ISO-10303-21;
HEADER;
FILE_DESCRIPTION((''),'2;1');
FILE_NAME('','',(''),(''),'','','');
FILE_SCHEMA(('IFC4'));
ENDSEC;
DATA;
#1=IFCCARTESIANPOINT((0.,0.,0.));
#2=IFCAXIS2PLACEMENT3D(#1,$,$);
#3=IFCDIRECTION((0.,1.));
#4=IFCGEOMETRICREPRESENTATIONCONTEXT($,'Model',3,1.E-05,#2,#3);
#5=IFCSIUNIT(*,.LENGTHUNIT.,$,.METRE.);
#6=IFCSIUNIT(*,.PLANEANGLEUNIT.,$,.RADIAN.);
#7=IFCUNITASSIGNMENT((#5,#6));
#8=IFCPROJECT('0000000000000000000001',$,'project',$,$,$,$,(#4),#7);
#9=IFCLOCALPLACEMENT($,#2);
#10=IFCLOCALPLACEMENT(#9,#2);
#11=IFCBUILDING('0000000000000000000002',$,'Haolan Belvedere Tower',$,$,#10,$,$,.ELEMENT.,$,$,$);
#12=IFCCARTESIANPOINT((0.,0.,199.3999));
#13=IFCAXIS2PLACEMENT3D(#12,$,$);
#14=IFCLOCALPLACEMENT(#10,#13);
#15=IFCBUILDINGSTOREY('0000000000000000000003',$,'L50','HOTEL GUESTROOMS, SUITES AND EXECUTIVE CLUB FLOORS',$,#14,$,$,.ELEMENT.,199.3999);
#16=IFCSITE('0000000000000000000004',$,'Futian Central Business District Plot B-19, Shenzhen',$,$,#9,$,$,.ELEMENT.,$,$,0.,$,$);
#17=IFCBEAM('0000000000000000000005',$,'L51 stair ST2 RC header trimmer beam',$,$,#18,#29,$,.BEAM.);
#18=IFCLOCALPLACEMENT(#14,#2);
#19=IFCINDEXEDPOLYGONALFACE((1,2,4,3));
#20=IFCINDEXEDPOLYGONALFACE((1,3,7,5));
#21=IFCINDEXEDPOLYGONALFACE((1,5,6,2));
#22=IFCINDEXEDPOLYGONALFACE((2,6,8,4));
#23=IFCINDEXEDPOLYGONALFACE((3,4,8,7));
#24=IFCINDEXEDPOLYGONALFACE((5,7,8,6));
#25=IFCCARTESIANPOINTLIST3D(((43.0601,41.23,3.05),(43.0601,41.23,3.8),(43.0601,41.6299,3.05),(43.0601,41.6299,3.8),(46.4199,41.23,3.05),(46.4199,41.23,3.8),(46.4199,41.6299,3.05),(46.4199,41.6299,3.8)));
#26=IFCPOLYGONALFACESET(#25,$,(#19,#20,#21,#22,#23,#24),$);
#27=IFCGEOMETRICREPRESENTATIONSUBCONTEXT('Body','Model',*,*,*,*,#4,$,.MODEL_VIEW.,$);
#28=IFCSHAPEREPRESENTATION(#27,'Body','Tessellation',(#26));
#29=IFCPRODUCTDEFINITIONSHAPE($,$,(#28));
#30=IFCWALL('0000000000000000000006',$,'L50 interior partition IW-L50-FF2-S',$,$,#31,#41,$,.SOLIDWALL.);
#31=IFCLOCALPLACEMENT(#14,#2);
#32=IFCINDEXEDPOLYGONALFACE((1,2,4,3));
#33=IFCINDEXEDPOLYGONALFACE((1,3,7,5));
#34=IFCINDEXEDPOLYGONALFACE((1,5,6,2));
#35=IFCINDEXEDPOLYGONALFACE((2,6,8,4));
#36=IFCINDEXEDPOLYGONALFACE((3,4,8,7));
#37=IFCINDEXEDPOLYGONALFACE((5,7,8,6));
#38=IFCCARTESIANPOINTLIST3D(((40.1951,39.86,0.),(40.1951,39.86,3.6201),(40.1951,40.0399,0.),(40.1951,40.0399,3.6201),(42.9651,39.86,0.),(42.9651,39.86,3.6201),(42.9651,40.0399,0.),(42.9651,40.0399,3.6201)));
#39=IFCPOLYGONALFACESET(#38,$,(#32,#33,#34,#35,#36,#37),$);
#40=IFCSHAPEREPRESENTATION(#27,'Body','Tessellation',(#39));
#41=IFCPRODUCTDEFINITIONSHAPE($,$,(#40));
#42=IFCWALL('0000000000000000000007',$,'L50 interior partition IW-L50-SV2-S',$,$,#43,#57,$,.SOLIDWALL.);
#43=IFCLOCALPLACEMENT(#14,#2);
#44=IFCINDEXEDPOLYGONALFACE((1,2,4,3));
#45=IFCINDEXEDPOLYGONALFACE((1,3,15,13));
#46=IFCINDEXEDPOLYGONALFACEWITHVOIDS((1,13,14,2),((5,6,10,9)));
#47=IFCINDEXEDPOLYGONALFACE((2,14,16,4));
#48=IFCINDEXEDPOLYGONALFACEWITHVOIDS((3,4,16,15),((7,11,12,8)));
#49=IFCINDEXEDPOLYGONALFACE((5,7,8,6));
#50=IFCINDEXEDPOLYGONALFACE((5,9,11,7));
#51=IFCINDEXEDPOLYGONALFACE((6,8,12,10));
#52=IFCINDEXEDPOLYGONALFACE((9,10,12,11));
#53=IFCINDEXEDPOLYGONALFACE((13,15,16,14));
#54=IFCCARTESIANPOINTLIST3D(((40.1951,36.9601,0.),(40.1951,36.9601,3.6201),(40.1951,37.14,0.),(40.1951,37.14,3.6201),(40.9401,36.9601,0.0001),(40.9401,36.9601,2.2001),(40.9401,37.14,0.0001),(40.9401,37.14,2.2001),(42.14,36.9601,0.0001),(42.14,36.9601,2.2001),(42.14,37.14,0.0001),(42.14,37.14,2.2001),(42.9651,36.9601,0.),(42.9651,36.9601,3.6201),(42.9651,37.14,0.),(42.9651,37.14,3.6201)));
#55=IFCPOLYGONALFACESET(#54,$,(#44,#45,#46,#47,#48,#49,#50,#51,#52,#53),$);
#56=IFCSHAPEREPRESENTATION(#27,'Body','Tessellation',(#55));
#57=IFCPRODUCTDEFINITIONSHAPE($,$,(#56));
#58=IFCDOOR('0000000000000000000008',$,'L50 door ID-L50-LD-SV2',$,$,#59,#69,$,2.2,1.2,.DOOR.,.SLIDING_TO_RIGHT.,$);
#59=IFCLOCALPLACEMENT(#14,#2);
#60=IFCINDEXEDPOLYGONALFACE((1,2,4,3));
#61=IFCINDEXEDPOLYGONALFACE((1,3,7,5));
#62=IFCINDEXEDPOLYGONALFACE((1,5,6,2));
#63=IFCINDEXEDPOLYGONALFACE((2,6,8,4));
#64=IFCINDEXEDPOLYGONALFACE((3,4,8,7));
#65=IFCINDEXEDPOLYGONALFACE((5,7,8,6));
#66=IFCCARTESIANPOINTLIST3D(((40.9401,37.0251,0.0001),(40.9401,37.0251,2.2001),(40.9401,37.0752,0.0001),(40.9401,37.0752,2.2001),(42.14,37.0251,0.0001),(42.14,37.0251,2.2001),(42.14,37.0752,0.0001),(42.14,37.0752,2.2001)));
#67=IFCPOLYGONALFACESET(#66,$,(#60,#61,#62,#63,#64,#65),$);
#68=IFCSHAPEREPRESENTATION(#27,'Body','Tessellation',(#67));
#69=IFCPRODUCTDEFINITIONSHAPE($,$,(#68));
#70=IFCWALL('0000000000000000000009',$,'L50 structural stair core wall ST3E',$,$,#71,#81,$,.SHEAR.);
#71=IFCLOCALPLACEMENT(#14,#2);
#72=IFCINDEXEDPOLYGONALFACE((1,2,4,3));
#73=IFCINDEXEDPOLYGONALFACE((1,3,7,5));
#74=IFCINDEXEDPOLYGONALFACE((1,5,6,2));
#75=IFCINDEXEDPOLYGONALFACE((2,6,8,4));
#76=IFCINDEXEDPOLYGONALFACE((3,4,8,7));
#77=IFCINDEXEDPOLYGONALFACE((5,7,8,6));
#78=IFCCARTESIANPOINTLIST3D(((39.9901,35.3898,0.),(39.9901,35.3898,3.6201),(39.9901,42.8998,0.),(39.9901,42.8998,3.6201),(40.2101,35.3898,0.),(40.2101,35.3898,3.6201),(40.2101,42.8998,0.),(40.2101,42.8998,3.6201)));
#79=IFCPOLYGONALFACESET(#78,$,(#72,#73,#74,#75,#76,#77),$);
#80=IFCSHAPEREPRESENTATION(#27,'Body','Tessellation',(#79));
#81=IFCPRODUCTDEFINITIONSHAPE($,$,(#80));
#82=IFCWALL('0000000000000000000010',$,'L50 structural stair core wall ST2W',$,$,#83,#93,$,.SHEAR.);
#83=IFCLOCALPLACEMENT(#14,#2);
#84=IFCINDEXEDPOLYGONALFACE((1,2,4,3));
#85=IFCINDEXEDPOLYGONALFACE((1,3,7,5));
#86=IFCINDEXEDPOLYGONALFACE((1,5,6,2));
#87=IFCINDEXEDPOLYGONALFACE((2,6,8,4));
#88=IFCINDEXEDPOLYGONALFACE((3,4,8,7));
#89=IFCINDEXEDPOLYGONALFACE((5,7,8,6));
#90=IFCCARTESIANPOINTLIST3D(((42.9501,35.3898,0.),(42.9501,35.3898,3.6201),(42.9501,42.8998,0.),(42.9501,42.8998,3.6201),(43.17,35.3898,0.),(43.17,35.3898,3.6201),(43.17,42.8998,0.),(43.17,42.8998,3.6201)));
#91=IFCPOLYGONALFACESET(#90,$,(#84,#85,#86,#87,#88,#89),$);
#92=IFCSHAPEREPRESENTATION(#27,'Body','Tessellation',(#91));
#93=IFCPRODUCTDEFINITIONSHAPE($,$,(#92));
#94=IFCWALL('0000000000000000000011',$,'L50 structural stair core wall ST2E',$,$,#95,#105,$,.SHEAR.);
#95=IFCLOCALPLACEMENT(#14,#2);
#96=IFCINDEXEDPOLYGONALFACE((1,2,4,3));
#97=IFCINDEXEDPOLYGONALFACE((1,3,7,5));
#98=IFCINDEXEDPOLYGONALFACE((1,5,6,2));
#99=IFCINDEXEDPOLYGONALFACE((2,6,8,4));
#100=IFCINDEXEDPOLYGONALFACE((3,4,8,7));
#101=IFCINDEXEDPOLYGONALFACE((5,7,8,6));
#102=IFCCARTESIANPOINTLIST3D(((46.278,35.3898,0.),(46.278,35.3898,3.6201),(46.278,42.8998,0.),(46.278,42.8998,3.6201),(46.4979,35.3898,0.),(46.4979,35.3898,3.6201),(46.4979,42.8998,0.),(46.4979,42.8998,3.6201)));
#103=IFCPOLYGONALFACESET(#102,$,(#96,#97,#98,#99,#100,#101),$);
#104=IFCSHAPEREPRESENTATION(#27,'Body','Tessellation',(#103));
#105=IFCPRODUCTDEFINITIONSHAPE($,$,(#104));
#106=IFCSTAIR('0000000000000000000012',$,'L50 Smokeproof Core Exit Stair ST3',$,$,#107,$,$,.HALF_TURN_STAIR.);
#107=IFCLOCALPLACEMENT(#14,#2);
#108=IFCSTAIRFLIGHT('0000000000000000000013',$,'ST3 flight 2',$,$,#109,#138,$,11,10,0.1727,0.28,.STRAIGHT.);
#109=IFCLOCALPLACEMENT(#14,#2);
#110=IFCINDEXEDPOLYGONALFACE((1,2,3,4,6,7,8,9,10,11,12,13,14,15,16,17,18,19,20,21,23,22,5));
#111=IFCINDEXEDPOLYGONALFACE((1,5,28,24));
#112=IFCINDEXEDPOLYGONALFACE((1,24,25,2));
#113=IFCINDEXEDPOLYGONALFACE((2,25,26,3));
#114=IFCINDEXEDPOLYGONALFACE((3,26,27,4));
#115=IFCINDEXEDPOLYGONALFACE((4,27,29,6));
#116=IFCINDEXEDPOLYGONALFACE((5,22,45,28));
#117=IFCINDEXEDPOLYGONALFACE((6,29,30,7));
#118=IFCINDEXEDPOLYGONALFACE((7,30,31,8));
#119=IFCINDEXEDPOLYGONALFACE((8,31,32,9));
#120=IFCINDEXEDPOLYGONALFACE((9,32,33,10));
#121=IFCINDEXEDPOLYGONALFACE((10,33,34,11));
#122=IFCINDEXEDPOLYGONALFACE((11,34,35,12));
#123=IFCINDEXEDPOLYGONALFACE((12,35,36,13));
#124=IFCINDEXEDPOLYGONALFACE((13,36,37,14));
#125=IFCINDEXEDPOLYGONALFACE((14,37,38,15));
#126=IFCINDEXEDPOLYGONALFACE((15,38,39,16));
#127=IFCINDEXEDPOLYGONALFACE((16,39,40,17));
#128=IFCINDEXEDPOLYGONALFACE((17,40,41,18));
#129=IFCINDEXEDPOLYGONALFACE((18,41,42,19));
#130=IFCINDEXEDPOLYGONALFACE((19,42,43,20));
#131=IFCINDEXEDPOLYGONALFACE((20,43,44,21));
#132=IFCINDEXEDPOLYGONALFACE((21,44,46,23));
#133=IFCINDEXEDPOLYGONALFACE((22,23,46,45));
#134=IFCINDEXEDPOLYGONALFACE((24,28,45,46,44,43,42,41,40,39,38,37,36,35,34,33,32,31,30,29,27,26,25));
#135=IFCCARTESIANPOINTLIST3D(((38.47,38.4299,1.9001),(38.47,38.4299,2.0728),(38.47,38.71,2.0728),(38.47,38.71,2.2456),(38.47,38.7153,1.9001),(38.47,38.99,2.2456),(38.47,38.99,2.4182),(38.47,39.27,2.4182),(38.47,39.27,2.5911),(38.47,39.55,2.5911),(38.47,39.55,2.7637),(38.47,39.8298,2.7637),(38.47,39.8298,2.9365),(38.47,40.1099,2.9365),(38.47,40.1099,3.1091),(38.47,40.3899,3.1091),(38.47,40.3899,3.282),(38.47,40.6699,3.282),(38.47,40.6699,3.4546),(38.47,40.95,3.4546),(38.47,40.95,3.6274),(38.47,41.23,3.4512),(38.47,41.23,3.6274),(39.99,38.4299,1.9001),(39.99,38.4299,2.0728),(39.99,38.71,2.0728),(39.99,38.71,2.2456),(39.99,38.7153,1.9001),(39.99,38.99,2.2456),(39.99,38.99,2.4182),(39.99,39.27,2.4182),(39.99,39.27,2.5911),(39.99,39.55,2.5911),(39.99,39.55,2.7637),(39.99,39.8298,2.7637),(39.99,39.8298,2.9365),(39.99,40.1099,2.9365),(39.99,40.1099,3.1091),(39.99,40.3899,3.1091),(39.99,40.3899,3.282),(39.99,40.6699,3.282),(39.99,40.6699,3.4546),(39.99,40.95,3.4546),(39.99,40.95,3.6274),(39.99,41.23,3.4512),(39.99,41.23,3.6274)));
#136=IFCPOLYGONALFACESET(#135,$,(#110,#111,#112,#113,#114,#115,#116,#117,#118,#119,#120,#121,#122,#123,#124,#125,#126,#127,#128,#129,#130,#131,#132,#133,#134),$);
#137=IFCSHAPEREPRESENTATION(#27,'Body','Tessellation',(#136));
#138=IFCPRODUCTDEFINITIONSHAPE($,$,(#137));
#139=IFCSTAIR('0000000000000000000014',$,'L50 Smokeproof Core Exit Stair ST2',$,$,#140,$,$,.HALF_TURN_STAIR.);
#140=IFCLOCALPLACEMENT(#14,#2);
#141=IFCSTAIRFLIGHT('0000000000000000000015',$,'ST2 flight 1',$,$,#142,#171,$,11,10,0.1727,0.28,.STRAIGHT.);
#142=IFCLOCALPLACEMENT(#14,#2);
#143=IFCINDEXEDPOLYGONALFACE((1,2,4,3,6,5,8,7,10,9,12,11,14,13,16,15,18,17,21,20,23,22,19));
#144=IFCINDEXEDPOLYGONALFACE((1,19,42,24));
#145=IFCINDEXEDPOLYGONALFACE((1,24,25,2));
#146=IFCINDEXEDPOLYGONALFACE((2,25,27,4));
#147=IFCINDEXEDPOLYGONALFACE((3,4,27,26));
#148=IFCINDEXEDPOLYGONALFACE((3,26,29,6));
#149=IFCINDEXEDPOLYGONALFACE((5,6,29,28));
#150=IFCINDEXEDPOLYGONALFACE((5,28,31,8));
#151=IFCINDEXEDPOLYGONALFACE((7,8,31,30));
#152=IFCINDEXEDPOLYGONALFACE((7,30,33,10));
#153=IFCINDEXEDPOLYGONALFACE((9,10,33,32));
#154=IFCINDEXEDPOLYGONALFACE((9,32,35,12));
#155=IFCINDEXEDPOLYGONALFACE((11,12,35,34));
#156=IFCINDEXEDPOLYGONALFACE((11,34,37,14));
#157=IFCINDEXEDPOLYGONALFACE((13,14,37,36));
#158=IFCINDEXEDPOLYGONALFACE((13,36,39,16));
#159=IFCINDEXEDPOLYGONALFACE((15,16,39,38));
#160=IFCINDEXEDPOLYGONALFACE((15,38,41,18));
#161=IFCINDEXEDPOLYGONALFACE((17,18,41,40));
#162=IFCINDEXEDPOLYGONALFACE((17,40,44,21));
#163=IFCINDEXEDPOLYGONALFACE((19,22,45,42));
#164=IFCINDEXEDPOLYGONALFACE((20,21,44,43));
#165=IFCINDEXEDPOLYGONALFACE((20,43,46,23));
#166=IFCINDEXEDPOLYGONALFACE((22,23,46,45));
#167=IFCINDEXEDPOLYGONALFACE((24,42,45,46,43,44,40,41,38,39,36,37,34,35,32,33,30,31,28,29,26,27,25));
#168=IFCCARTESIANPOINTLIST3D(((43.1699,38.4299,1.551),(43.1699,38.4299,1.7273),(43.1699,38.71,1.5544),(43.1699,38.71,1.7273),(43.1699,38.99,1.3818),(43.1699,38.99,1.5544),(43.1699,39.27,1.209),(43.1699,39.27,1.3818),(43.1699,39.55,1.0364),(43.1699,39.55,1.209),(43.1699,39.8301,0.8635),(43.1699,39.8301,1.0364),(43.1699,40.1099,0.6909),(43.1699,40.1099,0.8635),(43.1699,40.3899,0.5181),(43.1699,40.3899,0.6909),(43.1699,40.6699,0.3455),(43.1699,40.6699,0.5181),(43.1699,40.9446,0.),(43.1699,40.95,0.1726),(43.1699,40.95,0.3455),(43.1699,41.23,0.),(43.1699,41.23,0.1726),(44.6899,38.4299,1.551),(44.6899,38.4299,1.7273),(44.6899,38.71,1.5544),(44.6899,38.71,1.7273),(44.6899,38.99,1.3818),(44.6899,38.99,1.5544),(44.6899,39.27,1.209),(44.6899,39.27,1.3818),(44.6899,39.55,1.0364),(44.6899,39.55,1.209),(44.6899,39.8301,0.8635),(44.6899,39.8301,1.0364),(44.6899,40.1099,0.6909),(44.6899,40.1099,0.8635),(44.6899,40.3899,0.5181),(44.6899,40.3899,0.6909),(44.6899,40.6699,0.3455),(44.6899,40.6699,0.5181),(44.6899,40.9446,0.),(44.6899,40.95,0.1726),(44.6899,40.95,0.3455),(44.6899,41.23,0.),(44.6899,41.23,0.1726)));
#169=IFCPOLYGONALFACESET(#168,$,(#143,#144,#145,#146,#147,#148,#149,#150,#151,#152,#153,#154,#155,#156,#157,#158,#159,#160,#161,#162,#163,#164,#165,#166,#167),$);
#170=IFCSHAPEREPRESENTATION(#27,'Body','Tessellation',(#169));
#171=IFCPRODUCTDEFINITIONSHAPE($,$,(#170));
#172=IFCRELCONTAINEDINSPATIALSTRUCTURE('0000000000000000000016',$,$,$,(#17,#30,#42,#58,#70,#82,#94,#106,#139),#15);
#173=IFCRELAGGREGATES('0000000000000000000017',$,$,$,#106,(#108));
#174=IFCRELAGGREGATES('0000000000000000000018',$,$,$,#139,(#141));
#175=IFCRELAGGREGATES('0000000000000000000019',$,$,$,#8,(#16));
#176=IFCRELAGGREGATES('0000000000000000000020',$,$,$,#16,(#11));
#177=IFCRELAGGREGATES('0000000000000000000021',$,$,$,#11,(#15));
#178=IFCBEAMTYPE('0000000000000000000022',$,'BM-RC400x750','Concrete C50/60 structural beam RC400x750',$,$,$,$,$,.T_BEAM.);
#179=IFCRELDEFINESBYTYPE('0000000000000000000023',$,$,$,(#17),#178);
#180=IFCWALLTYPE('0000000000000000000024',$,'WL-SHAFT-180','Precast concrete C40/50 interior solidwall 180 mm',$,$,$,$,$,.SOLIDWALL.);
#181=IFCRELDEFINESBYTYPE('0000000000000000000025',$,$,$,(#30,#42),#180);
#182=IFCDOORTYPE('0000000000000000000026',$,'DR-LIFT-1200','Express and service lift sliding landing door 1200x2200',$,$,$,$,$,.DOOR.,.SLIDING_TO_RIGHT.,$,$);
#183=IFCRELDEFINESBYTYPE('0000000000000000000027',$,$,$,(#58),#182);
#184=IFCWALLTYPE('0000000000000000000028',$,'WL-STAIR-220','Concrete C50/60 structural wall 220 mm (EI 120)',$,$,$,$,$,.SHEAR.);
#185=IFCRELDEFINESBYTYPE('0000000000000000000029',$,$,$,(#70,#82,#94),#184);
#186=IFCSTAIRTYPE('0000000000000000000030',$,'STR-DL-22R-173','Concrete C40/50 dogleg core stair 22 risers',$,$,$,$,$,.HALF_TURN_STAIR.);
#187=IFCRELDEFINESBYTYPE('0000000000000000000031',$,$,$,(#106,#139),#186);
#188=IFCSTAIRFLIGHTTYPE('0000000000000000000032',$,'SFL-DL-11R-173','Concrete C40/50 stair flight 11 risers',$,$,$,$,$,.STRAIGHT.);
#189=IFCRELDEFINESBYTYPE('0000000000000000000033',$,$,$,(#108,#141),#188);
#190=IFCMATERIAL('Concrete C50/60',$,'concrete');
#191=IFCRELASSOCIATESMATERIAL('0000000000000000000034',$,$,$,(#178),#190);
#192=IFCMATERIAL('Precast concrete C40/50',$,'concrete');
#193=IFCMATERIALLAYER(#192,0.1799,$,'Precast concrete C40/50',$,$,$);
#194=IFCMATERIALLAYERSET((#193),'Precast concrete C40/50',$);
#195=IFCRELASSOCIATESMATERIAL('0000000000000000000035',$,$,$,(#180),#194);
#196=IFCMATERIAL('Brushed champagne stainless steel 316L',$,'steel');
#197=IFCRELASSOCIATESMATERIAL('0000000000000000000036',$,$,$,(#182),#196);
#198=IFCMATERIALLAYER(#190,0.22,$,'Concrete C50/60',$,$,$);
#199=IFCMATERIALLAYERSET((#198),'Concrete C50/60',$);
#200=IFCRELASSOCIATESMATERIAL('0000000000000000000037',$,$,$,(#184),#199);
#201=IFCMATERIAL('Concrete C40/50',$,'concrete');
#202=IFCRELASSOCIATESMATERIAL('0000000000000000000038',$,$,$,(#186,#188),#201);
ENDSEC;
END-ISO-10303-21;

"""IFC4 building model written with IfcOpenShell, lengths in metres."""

from ifc_helpers import new_model, si_unit, direction, frame, frame_2d, origin, origin_2d, place, context, subcontext, project, spatial, polyline, rectangle, outline, extrude, material, layer, layer_set, material_profile, profile_set, type_object, element, fill, aggregate, save


model = new_model("IFC4")

# Units and contexts
model_context = context("Model", 3, precision=1e-05, world=origin(), true_north=direction((0.0, 1.0)))
body_context = subcontext(model_context, "Body", "Model", "MODEL_VIEW")
ifc_project = project(units=[si_unit("LENGTHUNIT", "METRE"), si_unit("PLANEANGLEUNIT", "RADIAN")], contexts=[model_context])

# Site, building, storey
site_placement = place(None, origin())
site = spatial("IfcSite", under=ifc_project, at=site_placement, Name="Futian Central Business District Plot B-19, Shenzhen", CompositionType="ELEMENT", RefElevation=0.0)
building_placement = place(site_placement, origin())
building = spatial("IfcBuilding", under=site, at=building_placement, Name="Haolan Belvedere Tower", CompositionType="ELEMENT")
storey_placement = place(building_placement, frame((0.0, 0.0, 199.3999)))
storey = spatial("IfcBuildingStorey", under=building, at=storey_placement, Name="L50", Description="HOTEL GUESTROOMS, SUITES AND EXECUTIVE CLUB FLOORS", CompositionType="ELEMENT", Elevation=199.3999)

# Beam
ifc_material_1 = material(Name="Concrete C50/60", Category="concrete")
ifc_material_profile = material_profile(ifc_material_1, rectangle(XDim=0.3999, YDim=0.75, at=origin_2d()), Name="Concrete C50/60")
ifc_profile_set = profile_set([ifc_material_profile], Name="Concrete C50/60")
beam_type = type_object("IfcBeamType", Name="BM-RC400x750", Description="Concrete C50/60 structural beam RC400x750", PredefinedType="T_BEAM", material=ifc_profile_set)
beam_placement = place(storey_placement, frame((43.0601, 41.4299, 3.425), z_axis=(1.0, 0.0, 0.0), x_axis=(0.0, 1.0, 0.0)))
element("IfcBeam", 1, at=beam_placement, inside=storey, type_object=beam_type, Name="L51 stair ST2 RC header trimmer beam", PredefinedType="BEAM", context=body_context, shape_type="SweptSolid", body=[
    extrude(rectangle(XDim=0.3999, YDim=0.75, at=origin_2d()), origin(), (0.0, 0.0, 1.0), 3.3599),
])

# Shared definitions
ifc_material_2 = material(Name="Concrete C40/50", Category="concrete")

# Wall
ifc_material_3 = material(Name="Precast concrete C40/50", Category="concrete")
ifc_layer_1 = layer(ifc_material_3, 0.1799, Name="Precast concrete C40/50")
ifc_layer_set_1 = layer_set([ifc_layer_1], Name="Precast concrete C40/50")
wall_type_1 = type_object("IfcWallType", Name="WL-SHAFT-180", Description="Precast concrete C40/50 interior solidwall 180 mm", PredefinedType="SOLIDWALL", material=ifc_layer_set_1)
wall_1_placement = place(storey_placement, frame((40.1951, 39.95, 0.0), z_axis=(0.0, 0.0, 1.0), x_axis=(1.0, 0.0, 0.0)))
element("IfcWall", 2, at=wall_1_placement, inside=storey, type_object=wall_type_1, Name="L50 interior partition IW-L50-FF2-S", PredefinedType="SOLIDWALL", context=body_context, shape_type="SweptSolid", body=[
    extrude(rectangle(XDim=2.77, YDim=0.1799, at=frame_2d((1.385, 0.0))), origin(), (0.0, 0.0, 1.0), 3.6201),
])

# Wall, opening, door
wall_2_placement = place(storey_placement, frame((40.1951, 37.05, 0.0), z_axis=(0.0, 0.0, 1.0), x_axis=(1.0, 0.0, 0.0)))
wall_2 = element("IfcWall", 3, at=wall_2_placement, inside=storey, type_object=wall_type_1, Name="L50 interior partition IW-L50-SV2-S", PredefinedType="SOLIDWALL", context=body_context, shape_type="SweptSolid", body=[
    extrude(rectangle(XDim=2.77, YDim=0.1799, at=frame_2d((1.385, 0.0))), origin(), (0.0, 0.0, 1.0), 3.6201),
])
opening_1_placement = place(wall_2_placement, frame((1.9451, 0.0, 0.0), z_axis=(0.0, 0.0, 1.0), x_axis=(-1.0, 0.0, 0.0)))
opening_1 = element("IfcOpeningElement", 4, at=opening_1_placement, cuts=wall_2, PredefinedType="OPENING", context=body_context, shape_type="SweptSolid", body=[
    extrude(rectangle(XDim=1.2, YDim=2.2, at=frame_2d((0.6001, 1.1001))), frame((0.0, 0.0999, 0.0), z_axis=(0.0, -1.0, 0.0), x_axis=(1.0, 0.0, 0.0)), (0.0, 0.0, 1.0), 0.2),
])
ifc_material_4 = material(Name="Brushed champagne stainless steel 316L", Category="steel")
door_type_1 = type_object("IfcDoorType", Name="DR-LIFT-1200", Description="Express and service lift sliding landing door 1200x2200", OperationType="SLIDING_TO_RIGHT", PredefinedType="DOOR", material=ifc_material_4)
door_1_placement = place(opening_1_placement, origin())
door_1 = element("IfcDoor", 5, at=door_1_placement, inside=storey, type_object=door_type_1, Name="L50 door ID-L50-LD-SV2", OperationType="SLIDING_TO_RIGHT", OverallHeight=2.2, OverallWidth=1.2, PredefinedType="DOOR", context=body_context, shape_type="SweptSolid", body=[
    extrude(rectangle(XDim=1.2, YDim=2.2, at=frame_2d((0.6001, 1.1001))), frame((0.0, 0.0249, 0.0), z_axis=(0.0, -1.0, 0.0), x_axis=(1.0, 0.0, 0.0)), (0.0, 0.0, 1.0), 0.05),
])
fill(opening_1, door_1)

# Walls
ifc_layer_2 = layer(ifc_material_1, 0.22, Name="Concrete C50/60")
ifc_layer_set_2 = layer_set([ifc_layer_2], Name="Concrete C50/60")
wall_type_2 = type_object("IfcWallType", Name="WL-STAIR-220", Description="Concrete C50/60 structural wall 220 mm (EI 120)", PredefinedType="SHEAR", material=ifc_layer_set_2)
for number, where, z_axis, x_axis, name in (
    (6, (40.1001, 35.3899, 0.0), (0.0, 0.0, 1.0), (0.0, 1.0, 0.0), "L50 structural stair core wall ST3E"),
    (7, (43.0601, 35.3899, 0.0), (0.0, 0.0, 1.0), (0.0, 1.0, 0.0), "L50 structural stair core wall ST2W"),
    (8, (46.3879, 35.3899, 0.0), (0.0, 0.0, 1.0), (0.0, 1.0, 0.0), "L50 structural stair core wall ST2E"),
):
    element("IfcWall", number, at=place(storey_placement, frame(where, z_axis=z_axis, x_axis=x_axis)), inside=storey, type_object=wall_type_2, Name=name, PredefinedType="SHEAR", context=body_context, shape_type="SweptSolid", body=[
        extrude(rectangle(XDim=7.51, YDim=0.22, at=frame_2d((3.7549, 0.0))), origin(), (0.0, 0.0, 1.0), 3.6201),
    ])

# Stair, stair flight
stair_type = type_object("IfcStairType", Name="STR-DL-22R-173", Description="Concrete C40/50 dogleg core stair 22 risers", PredefinedType="HALF_TURN_STAIR", material=ifc_material_2)
stair_1_placement = place(storey_placement, origin())
stair_1 = element("IfcStair", 9, at=stair_1_placement, inside=storey, type_object=stair_type, Name="L50 Smokeproof Core Exit Stair ST3", PredefinedType="HALF_TURN_STAIR")
stair_flight_type = type_object("IfcStairFlightType", Name="SFL-DL-11R-173", Description="Concrete C40/50 stair flight 11 risers", PredefinedType="STRAIGHT", material=ifc_material_2)
stair_flight_1_placement = place(storey_placement, frame((39.23, 38.4299, 1.9001), z_axis=(0.0, 0.0, 1.0), x_axis=(0.0, 1.0, 0.0)))
stair_flight_1 = element("IfcStairFlight", 10, at=stair_flight_1_placement, type_object=stair_flight_type, Name="ST3 flight 2", NumberOfRisers=11, NumberOfTreads=10, PredefinedType="STRAIGHT", RiserHeight=0.1727, TreadLength=0.28, context=body_context, shape_type="SweptSolid", body=[
    extrude(outline(polyline([(0.0, 0.0), (0.0, 0.1726), (0.28, 0.1726), (0.28, 0.3455), (0.5601, 0.3455), (0.5601, 0.5181), (0.8401, 0.5181), (0.8401, 0.6909), (1.1201, 0.6909), (1.1201, 0.8635), (1.3999, 0.8635), (1.3999, 1.0364), (1.6799, 1.0364), (1.6799, 1.209), (1.96, 1.209), (1.96, 1.3818), (2.24, 1.3818), (2.24, 1.5544), (2.52, 1.5544), (2.52, 1.7273), (2.8, 1.7273), (2.8, 1.8999), (2.8, 1.551), (0.2854, 0.0), (0.0, 0.0)])), frame((0.0, 0.76, 0.0), z_axis=(0.0, -1.0, 0.0), x_axis=(1.0, 0.0, 0.0)), (0.0, 0.0, 1.0), 1.52),
])
aggregate(stair_1, [stair_flight_1])

# Stair, stair flight
stair_2_placement = place(storey_placement, origin())
stair_2 = element("IfcStair", 11, at=stair_2_placement, inside=storey, type_object=stair_type, Name="L50 Smokeproof Core Exit Stair ST2", PredefinedType="HALF_TURN_STAIR")
stair_flight_2_placement = place(storey_placement, frame((43.9299, 41.23, 0.0), z_axis=(0.0, 0.0, 1.0), x_axis=(0.0, -1.0, 0.0)))
stair_flight_2 = element("IfcStairFlight", 12, at=stair_flight_2_placement, type_object=stair_flight_type, Name="ST2 flight 1", NumberOfRisers=11, NumberOfTreads=10, PredefinedType="STRAIGHT", RiserHeight=0.1727, TreadLength=0.28, context=body_context, shape_type="SweptSolid", body=[
    extrude(outline(polyline([(0.0, 0.0), (0.0, 0.1726), (0.28, 0.1726), (0.28, 0.3455), (0.5601, 0.3455), (0.5601, 0.5181), (0.8401, 0.5181), (0.8401, 0.6909), (1.1201, 0.6909), (1.1201, 0.8635), (1.3999, 0.8635), (1.3999, 1.0364), (1.6799, 1.0364), (1.6799, 1.209), (1.96, 1.209), (1.96, 1.3818), (2.24, 1.3818), (2.24, 1.5544), (2.52, 1.5544), (2.52, 1.7273), (2.8, 1.7273), (2.8, 1.8999), (2.8, 1.551), (0.2854, 0.0), (0.0, 0.0)])), frame((0.0, 0.76, 0.0), z_axis=(0.0, -1.0, 0.0), x_axis=(1.0, 0.0, 0.0)), (0.0, 0.0, 1.0), 1.52),
])
aggregate(stair_2, [stair_flight_2])

save(model, "model.ifc")
